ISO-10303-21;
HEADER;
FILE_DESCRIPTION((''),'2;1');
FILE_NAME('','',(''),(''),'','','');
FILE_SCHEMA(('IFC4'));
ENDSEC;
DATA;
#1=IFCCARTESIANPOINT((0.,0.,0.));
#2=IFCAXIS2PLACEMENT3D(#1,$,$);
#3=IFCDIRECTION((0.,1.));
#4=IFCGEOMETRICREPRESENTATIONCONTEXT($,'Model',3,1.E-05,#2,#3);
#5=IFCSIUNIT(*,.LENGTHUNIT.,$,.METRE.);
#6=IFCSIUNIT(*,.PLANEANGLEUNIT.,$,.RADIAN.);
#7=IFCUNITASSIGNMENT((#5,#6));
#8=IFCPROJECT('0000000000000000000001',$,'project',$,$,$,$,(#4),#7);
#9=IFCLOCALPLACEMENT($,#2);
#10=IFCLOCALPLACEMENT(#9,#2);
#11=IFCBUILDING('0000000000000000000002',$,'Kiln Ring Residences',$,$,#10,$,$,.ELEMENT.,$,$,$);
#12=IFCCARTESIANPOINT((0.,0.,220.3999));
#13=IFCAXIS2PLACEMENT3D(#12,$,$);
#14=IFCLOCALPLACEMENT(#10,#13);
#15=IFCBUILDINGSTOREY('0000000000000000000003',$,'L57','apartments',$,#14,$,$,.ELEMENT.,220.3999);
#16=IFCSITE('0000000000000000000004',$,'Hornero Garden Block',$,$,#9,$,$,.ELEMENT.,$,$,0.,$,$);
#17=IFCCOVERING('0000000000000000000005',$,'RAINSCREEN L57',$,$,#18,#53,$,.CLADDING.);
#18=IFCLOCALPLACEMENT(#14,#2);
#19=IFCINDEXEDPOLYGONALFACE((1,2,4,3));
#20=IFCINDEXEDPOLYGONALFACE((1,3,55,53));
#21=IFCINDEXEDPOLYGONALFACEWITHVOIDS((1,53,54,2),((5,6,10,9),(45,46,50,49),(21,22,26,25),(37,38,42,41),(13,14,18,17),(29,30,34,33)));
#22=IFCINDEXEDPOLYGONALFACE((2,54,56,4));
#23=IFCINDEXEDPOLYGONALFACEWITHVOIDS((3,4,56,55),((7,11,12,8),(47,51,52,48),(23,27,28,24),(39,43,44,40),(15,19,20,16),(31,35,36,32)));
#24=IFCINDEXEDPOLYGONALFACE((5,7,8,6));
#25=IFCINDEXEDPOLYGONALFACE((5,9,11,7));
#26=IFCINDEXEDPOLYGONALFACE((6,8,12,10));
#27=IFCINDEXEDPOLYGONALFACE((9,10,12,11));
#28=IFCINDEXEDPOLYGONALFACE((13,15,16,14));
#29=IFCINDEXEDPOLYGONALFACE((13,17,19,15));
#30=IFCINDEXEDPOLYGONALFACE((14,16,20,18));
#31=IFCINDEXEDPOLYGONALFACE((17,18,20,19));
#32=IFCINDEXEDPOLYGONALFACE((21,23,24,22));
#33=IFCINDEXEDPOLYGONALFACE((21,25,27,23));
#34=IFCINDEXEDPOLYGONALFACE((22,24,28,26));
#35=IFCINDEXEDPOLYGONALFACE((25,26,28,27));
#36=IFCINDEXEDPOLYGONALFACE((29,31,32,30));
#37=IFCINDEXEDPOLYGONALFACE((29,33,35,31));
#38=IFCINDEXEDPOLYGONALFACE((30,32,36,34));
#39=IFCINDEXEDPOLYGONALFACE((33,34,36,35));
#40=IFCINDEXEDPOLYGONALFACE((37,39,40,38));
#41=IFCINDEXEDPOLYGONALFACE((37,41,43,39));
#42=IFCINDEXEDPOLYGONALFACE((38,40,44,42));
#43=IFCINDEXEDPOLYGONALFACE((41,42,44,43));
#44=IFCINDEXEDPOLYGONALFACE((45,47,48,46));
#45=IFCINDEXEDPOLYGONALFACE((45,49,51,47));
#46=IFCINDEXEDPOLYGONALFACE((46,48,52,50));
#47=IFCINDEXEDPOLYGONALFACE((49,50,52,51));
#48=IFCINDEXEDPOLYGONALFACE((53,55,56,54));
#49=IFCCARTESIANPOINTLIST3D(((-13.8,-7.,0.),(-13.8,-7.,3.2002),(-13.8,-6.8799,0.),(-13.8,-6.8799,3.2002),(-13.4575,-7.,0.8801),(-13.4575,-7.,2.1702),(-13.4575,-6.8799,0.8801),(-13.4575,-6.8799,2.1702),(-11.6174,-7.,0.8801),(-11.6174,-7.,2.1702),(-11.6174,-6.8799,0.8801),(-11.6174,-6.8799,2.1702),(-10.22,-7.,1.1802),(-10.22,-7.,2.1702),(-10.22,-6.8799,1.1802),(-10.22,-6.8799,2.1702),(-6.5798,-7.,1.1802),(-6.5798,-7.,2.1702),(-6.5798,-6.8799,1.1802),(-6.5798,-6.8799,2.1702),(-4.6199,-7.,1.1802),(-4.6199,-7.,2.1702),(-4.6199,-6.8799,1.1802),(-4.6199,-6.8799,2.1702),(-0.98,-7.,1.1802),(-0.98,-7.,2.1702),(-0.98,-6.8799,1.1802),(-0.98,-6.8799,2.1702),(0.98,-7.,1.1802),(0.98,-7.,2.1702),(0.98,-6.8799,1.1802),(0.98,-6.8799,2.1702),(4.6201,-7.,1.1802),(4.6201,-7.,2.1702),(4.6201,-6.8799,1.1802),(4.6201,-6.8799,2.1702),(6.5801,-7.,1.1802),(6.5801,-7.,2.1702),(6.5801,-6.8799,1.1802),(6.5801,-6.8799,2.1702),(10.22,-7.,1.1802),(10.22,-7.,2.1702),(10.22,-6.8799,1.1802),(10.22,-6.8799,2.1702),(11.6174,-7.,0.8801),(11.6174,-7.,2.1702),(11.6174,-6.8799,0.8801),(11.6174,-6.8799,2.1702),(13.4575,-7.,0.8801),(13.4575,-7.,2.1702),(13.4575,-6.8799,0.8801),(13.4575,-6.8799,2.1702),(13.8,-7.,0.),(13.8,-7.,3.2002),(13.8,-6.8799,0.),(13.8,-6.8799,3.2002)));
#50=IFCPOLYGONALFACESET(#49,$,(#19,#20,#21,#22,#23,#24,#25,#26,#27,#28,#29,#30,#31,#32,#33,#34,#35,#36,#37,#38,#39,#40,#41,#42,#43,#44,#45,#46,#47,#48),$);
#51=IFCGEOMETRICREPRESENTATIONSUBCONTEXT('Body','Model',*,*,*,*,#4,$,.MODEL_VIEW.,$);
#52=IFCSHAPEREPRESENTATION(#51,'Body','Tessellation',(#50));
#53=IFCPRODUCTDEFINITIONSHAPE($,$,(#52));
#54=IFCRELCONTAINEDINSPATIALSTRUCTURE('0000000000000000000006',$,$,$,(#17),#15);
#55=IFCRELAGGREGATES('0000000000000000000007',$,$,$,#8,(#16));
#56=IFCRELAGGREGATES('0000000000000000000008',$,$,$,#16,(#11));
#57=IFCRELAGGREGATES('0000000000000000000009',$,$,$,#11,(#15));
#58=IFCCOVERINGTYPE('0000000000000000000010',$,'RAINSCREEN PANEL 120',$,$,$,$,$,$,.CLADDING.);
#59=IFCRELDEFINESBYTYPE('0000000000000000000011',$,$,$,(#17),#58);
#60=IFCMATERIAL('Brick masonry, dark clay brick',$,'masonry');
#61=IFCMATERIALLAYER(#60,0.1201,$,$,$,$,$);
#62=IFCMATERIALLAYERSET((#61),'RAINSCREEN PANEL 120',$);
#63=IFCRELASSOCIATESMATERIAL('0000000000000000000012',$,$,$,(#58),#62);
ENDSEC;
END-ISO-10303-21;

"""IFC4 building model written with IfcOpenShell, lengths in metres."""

from ifc_helpers import new_model, si_unit, direction, frame, origin, place, context, subcontext, project, spatial, polyline, outline, extrude, material, layer, layer_set, type_object, element, save


model = new_model("IFC4")

# Units and contexts
model_context = context("Model", 3, precision=1e-05, world=origin(), true_north=direction((0.0, 1.0)))
body_context = subcontext(model_context, "Body", "Model", "MODEL_VIEW")
ifc_project = project(units=[si_unit("LENGTHUNIT", "METRE"), si_unit("PLANEANGLEUNIT", "RADIAN")], contexts=[model_context])

# Site, building, storey
site_placement = place(None, origin())
site = spatial("IfcSite", under=ifc_project, at=site_placement, Name="Hornero Garden Block", CompositionType="ELEMENT", RefElevation=0.0)
building_placement = place(site_placement, origin())
building = spatial("IfcBuilding", under=site, at=building_placement, Name="Kiln Ring Residences", CompositionType="ELEMENT")
storey_placement = place(building_placement, frame((0.0, 0.0, 220.3999)))
storey = spatial("IfcBuildingStorey", under=building, at=storey_placement, Name="L57", Description="apartments", CompositionType="ELEMENT", Elevation=220.3999)

# Covering
ifc_material_1 = material(Name="Brick masonry, dark clay brick", Category="masonry")
ifc_layer_1 = layer(ifc_material_1, 0.1201)
ifc_layer_set_1 = layer_set([ifc_layer_1], Name="RAINSCREEN PANEL 120")
covering_type = type_object("IfcCoveringType", Name="RAINSCREEN PANEL 120", PredefinedType="CLADDING", material=ifc_layer_set_1)
covering_placement = place(storey_placement, frame((13.8, -6.9399, 0.0), z_axis=(0.0, 0.0, 1.0), x_axis=(-1.0, 0.0, 0.0)))
element("IfcCovering", 1, at=covering_placement, inside=storey, type_object=covering_type, Name="RAINSCREEN L57", PredefinedType="CLADDING", context=body_context, shape_type="SweptSolid", body=[
    extrude(outline(polyline([(0.0, 0.0), (27.6001, 0.0), (27.6001, 3.2002), (0.0, 3.2002), (0.0, 0.0)]), holes=[polyline([(2.1826, 0.8801), (2.1826, 2.1702), (0.3425, 2.1702), (0.3425, 0.8801), (2.1826, 0.8801)]), polyline([(25.4175, 0.8801), (27.2576, 0.8801), (27.2576, 2.1702), (25.4175, 2.1702), (25.4175, 0.8801)]), polyline([(3.5801, 1.1802), (7.22, 1.1802), (7.22, 2.1702), (3.5801, 2.1702), (3.5801, 1.1802)]), polyline([(12.8201, 1.1802), (12.8201, 2.1702), (9.1799, 2.1702), (9.1799, 1.1802), (12.8201, 1.1802)]), polyline([(14.78, 1.1802), (18.4199, 1.1802), (18.4199, 2.1702), (14.78, 2.1702), (14.78, 1.1802)]), polyline([(20.3799, 1.1802), (24.02, 1.1802), (24.02, 2.1702), (20.3799, 2.1702), (20.3799, 1.1802)])]), frame((0.0, 0.0601, 0.0), z_axis=(0.0, -1.0, 0.0), x_axis=(1.0, 0.0, 0.0)), (0.0, 0.0, 1.0), 0.1201),
])

save(model, "model.ifc")
